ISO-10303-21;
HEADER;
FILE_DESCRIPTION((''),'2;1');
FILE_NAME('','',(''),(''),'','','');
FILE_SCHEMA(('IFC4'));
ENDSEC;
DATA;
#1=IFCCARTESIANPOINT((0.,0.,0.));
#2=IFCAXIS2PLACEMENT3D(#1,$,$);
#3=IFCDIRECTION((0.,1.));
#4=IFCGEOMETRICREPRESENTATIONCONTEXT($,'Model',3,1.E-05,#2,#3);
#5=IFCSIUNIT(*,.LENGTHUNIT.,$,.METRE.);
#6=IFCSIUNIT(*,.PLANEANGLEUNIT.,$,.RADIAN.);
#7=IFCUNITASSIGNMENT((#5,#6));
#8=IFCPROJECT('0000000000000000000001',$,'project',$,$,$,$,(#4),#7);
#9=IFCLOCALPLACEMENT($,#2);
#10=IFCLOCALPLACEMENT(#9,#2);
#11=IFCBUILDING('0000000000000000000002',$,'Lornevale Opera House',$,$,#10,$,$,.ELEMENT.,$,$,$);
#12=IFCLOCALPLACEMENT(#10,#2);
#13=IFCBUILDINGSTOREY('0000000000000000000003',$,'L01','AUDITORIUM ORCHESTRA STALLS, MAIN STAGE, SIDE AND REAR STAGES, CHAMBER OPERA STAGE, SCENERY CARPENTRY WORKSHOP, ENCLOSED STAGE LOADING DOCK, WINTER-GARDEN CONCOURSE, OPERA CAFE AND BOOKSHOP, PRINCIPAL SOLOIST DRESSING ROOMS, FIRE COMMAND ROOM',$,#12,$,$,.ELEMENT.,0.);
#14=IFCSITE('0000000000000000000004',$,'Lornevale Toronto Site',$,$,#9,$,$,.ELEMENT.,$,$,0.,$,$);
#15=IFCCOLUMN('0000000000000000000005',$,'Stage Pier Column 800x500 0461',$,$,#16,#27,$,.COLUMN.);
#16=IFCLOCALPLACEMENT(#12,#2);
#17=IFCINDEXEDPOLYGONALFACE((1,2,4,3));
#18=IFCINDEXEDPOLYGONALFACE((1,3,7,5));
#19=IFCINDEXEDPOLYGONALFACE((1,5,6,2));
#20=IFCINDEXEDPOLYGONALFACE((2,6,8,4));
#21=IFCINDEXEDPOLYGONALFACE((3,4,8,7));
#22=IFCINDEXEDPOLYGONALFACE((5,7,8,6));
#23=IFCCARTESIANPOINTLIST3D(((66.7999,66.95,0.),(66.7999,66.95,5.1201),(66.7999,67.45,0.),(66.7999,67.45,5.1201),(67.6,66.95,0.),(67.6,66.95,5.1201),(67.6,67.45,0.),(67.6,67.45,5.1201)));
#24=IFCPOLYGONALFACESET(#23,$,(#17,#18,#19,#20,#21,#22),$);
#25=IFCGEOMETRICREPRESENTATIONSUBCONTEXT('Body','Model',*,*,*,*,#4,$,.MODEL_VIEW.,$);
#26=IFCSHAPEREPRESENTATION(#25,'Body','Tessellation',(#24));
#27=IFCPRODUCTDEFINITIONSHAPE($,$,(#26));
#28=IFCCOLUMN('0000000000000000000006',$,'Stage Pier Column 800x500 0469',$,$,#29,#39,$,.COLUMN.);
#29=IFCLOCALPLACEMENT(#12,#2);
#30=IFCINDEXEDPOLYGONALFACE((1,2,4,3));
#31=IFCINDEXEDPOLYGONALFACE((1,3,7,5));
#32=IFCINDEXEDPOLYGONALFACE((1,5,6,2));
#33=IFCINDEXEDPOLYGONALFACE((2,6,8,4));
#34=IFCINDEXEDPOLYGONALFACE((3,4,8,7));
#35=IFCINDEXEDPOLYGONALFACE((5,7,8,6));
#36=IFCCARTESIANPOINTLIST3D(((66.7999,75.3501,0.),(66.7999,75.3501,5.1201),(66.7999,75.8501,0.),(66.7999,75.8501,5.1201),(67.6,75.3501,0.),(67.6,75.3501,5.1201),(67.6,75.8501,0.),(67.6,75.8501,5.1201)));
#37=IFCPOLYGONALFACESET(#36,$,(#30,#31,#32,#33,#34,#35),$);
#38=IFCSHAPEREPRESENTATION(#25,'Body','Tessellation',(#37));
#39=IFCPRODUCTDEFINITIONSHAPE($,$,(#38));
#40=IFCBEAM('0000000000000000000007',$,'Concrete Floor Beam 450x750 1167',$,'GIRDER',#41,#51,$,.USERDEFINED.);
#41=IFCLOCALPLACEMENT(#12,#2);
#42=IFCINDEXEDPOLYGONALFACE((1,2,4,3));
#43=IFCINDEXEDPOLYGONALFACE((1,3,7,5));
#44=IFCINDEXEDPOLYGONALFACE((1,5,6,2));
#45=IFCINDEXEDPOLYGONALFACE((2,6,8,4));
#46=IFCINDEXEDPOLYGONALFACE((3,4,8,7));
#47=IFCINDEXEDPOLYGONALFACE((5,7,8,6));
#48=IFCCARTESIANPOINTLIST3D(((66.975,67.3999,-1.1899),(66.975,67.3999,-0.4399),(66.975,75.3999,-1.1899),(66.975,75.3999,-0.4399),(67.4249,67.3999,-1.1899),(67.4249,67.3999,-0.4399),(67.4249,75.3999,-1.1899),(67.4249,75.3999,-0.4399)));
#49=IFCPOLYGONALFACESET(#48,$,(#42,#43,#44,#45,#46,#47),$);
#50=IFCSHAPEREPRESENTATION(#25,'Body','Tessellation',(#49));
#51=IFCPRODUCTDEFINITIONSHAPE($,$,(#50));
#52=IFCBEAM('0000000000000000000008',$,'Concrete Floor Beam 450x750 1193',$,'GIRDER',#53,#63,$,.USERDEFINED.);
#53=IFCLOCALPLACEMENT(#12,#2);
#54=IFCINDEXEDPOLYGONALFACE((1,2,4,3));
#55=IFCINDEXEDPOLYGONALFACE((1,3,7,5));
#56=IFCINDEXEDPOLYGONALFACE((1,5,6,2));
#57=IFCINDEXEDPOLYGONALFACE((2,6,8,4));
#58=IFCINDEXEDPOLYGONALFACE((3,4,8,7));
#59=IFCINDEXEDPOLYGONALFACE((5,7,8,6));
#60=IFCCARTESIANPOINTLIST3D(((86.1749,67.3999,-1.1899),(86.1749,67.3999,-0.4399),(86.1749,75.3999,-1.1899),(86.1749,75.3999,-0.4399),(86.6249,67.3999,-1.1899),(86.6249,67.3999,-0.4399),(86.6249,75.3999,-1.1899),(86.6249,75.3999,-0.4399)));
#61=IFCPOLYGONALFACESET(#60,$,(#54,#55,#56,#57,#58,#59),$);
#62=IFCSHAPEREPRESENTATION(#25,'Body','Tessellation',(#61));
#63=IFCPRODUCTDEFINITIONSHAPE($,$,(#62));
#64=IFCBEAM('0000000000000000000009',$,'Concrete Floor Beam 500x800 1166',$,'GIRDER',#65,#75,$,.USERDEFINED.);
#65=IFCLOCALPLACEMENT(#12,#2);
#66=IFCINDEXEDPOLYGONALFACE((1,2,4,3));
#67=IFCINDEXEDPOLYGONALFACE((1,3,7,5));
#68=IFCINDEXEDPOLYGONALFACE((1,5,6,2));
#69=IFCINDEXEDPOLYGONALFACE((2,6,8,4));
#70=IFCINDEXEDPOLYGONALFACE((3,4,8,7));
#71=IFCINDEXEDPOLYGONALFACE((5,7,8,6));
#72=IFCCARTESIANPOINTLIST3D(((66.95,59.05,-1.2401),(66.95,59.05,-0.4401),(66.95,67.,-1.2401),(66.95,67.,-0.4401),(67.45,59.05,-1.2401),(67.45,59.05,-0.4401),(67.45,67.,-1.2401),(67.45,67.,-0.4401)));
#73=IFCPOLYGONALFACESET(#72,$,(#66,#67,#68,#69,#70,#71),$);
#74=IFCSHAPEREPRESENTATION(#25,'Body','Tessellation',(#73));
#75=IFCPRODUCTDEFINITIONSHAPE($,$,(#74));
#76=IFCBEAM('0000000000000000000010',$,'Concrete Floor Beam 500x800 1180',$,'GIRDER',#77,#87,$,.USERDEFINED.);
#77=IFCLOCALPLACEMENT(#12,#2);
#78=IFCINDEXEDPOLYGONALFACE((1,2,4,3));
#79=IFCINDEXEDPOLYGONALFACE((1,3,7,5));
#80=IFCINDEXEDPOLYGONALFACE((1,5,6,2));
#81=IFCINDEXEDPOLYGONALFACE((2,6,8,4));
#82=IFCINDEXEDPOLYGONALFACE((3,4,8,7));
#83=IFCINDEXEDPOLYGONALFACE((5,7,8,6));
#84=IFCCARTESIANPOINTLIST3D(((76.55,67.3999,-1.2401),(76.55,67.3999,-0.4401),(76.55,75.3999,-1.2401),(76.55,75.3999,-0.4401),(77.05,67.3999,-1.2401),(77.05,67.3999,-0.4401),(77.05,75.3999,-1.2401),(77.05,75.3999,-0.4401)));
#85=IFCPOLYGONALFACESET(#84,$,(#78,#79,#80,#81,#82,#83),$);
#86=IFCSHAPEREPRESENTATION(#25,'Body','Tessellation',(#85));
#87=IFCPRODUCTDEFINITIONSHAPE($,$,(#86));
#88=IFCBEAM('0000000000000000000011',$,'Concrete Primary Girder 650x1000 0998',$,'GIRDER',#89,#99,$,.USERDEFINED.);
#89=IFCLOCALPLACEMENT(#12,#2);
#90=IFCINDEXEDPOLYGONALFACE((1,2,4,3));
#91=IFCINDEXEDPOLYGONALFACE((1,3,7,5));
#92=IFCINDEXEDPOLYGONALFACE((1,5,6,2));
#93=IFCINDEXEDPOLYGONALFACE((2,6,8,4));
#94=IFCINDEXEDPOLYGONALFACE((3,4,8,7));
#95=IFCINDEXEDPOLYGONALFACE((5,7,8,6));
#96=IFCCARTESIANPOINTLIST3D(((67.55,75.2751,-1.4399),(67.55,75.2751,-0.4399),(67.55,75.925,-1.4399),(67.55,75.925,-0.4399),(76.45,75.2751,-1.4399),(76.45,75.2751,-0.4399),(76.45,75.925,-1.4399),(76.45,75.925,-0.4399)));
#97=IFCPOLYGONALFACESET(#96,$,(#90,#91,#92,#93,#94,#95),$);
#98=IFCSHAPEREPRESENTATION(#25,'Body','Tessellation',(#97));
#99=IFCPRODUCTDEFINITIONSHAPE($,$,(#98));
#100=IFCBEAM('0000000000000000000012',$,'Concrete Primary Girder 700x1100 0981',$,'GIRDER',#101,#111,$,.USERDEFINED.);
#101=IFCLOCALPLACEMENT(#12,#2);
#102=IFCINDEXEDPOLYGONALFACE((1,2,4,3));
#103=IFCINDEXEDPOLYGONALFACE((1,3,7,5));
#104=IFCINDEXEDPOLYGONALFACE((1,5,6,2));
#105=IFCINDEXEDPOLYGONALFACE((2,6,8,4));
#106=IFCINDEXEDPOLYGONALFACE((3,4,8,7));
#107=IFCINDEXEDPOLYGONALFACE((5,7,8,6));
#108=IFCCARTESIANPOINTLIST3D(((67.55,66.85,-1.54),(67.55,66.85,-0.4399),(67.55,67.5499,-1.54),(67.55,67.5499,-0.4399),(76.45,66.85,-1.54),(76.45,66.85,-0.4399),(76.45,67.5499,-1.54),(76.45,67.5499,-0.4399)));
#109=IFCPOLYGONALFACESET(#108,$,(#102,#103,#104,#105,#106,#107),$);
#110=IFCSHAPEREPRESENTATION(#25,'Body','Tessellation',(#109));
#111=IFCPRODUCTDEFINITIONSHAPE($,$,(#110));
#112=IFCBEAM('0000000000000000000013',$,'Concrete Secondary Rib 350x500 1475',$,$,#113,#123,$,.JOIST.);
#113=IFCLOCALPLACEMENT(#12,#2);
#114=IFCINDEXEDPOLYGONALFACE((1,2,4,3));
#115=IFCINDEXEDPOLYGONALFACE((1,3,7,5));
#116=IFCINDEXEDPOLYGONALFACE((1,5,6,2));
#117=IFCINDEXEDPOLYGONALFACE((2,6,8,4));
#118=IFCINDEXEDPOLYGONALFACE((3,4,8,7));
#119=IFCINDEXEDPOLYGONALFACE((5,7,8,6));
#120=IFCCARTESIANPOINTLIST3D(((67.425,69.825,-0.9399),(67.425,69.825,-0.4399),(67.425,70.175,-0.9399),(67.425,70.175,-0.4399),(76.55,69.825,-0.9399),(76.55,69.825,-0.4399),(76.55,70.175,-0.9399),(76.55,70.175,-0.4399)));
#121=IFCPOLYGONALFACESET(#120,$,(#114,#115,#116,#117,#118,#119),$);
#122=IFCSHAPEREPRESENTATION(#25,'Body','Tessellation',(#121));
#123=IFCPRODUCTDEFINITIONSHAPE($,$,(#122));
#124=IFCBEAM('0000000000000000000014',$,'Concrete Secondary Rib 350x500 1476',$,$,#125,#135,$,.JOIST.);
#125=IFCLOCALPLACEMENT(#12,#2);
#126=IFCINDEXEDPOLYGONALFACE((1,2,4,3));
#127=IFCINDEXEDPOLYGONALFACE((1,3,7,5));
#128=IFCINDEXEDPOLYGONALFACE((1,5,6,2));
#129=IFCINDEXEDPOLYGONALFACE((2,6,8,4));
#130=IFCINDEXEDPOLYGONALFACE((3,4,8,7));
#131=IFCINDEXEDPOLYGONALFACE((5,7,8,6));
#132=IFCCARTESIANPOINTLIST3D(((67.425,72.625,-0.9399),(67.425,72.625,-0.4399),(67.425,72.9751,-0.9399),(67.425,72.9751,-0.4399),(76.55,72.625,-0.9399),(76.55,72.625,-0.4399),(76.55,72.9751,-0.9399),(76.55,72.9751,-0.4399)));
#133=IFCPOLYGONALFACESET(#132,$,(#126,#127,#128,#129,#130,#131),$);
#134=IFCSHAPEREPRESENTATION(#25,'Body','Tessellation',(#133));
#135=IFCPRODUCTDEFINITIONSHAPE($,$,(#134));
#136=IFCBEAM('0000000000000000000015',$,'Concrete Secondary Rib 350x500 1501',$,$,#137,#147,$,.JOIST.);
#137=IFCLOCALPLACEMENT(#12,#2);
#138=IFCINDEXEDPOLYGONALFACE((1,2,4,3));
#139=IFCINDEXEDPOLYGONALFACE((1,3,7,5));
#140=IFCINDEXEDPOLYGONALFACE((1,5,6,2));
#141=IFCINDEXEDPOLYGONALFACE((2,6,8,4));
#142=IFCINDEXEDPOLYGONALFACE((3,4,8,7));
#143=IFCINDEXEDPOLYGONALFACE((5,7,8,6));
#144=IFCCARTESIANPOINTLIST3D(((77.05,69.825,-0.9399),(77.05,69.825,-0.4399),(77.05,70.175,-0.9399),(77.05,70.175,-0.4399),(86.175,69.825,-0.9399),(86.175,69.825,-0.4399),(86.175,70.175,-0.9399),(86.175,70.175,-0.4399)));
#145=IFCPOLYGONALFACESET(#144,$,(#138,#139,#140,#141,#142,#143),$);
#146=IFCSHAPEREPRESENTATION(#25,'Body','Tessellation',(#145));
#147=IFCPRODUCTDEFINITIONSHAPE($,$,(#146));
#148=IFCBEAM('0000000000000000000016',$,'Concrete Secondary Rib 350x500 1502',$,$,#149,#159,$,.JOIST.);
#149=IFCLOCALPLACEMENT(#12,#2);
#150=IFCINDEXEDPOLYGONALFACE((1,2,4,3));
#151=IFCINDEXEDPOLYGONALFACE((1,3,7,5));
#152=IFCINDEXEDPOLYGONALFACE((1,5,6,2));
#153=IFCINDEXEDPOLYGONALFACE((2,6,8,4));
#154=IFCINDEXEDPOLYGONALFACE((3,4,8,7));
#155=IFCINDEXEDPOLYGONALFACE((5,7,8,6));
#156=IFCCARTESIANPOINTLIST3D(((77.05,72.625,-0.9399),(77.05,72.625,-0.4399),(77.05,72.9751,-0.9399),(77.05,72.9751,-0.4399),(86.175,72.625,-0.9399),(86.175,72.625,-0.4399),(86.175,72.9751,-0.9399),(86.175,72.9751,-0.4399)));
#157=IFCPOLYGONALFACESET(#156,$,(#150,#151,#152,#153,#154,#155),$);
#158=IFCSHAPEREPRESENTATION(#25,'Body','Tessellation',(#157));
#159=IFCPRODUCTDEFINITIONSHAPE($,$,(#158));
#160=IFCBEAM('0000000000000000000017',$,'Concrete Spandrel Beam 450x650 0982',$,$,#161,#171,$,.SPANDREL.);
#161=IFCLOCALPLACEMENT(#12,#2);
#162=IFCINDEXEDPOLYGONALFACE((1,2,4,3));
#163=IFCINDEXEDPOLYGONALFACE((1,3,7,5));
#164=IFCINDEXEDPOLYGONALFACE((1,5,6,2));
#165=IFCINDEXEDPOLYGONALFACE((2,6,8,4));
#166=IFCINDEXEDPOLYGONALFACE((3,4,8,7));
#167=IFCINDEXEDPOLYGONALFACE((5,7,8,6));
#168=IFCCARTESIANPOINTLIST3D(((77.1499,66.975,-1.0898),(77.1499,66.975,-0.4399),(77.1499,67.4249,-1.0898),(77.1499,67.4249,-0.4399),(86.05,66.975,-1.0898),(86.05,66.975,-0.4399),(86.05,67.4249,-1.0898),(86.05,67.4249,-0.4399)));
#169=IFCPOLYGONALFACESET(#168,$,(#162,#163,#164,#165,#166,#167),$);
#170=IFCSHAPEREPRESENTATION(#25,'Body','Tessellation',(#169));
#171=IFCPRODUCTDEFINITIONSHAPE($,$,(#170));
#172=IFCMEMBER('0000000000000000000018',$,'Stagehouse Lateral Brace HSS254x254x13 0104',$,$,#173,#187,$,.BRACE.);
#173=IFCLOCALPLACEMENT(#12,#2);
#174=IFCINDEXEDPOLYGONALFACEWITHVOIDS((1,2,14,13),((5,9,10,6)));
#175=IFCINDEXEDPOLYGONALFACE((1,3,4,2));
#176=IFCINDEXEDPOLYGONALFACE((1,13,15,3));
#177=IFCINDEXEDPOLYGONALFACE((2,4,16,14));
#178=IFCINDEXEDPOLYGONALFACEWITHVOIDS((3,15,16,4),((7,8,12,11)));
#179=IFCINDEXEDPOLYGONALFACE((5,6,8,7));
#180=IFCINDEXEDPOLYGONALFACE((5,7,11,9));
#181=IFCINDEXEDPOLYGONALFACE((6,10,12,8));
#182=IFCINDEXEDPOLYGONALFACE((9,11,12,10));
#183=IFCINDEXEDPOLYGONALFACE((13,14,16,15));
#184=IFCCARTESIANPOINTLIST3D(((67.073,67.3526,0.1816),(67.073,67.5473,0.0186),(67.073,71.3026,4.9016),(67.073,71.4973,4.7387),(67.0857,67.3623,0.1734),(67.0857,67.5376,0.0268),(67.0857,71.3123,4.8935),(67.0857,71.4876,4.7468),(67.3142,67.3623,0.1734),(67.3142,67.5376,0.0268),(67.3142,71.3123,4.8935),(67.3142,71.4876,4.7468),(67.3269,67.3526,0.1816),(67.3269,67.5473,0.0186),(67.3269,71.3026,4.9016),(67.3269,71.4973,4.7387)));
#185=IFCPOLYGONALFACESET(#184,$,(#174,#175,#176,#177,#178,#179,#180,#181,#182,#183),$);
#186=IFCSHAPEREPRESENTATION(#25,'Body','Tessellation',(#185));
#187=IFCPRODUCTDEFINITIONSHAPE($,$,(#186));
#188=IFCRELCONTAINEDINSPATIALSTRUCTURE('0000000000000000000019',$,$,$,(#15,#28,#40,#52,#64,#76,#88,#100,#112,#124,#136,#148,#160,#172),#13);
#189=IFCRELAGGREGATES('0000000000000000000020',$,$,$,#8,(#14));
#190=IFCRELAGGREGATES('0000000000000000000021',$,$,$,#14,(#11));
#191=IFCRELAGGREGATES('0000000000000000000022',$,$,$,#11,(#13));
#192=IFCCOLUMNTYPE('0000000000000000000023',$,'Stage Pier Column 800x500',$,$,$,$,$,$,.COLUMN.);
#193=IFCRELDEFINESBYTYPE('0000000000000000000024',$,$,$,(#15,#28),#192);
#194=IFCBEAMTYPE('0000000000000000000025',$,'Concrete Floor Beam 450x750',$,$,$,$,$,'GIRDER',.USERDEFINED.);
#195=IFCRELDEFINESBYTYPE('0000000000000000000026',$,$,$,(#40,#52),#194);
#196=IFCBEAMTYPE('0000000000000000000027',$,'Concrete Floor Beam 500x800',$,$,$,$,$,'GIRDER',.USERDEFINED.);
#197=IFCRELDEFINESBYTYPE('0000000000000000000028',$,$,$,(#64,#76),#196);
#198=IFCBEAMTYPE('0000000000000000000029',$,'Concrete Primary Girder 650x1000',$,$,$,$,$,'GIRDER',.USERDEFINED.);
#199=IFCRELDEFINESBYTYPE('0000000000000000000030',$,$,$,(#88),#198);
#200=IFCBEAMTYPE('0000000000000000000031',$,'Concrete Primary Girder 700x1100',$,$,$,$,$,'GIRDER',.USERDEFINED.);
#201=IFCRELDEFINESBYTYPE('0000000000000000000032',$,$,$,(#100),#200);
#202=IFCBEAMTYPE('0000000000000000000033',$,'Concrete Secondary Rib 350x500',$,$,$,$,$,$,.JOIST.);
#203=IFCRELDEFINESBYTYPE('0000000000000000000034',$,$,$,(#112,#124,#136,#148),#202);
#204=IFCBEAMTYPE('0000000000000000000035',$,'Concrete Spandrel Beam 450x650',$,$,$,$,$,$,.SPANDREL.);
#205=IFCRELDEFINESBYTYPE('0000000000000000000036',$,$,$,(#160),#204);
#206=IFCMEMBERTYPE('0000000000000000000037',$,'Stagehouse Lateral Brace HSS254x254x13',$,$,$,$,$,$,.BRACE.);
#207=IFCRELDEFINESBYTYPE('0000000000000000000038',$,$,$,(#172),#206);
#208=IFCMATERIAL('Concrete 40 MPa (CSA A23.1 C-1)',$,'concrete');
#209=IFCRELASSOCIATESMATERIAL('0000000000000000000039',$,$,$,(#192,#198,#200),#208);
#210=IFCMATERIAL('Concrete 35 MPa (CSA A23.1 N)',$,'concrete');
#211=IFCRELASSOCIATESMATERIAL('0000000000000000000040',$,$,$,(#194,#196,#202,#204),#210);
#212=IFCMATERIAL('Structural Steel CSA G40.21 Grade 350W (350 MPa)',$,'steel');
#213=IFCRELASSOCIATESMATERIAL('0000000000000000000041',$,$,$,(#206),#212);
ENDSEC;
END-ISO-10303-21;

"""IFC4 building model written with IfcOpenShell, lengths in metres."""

from ifc_helpers import new_model, si_unit, direction, frame, origin, origin_2d, place, context, subcontext, project, spatial, rectangle, hollow_rectangle, extrude, material, material_profile, profile_set, type_object, element, save


model = new_model("IFC4")

# Units and contexts
model_context = context("Model", 3, precision=1e-05, world=origin(), true_north=direction((0.0, 1.0)))
body_context = subcontext(model_context, "Body", "Model", "MODEL_VIEW")
ifc_project = project(units=[si_unit("LENGTHUNIT", "METRE"), si_unit("PLANEANGLEUNIT", "RADIAN")], contexts=[model_context])

# Site, building, storey
site_placement = place(None, origin())
site = spatial("IfcSite", under=ifc_project, at=site_placement, Name="Lornevale Toronto Site", CompositionType="ELEMENT", RefElevation=0.0)
building_placement = place(site_placement, origin())
building = spatial("IfcBuilding", under=site, at=building_placement, Name="Lornevale Opera House", CompositionType="ELEMENT")
storey_placement = place(building_placement, origin())
storey = spatial("IfcBuildingStorey", under=building, at=storey_placement, Name="L01", Description="AUDITORIUM ORCHESTRA STALLS, MAIN STAGE, SIDE AND REAR STAGES, CHAMBER OPERA STAGE, SCENERY CARPENTRY WORKSHOP, ENCLOSED STAGE LOADING DOCK, WINTER-GARDEN CONCOURSE, OPERA CAFE AND BOOKSHOP, PRINCIPAL SOLOIST DRESSING ROOMS, FIRE COMMAND ROOM", CompositionType="ELEMENT", Elevation=0.0)

# Columns
ifc_material_1 = material(Name="Concrete 40 MPa (CSA A23.1 C-1)", Category="concrete")
ifc_material_profile_1 = material_profile(ifc_material_1, rectangle(XDim=0.8, YDim=0.5, at=origin_2d()), Name="RC800x500")
ifc_profile_set_1 = profile_set([ifc_material_profile_1], Name="Concrete 40 MPa (CSA A23.1 C-1)")
column_type = type_object("IfcColumnType", Name="Stage Pier Column 800x500", PredefinedType="COLUMN", material=ifc_profile_set_1)
for number, where, z_axis, x_axis, name in (
    (1, (67.2, 67.2, 0.0), (0.0, 0.0, 1.0), (1.0, 0.0, 0.0), "Stage Pier Column 800x500 0461"),
    (2, (67.2, 75.6001, 0.0), (0.0, 0.0, 1.0), (1.0, 0.0, 0.0), "Stage Pier Column 800x500 0469"),
):
    element("IfcColumn", number, at=place(storey_placement, frame(where, z_axis=z_axis, x_axis=x_axis)), inside=storey, type_object=column_type, Name=name, PredefinedType="COLUMN", context=body_context, shape_type="SweptSolid", body=[
        extrude(rectangle(XDim=0.8, YDim=0.5, at=origin_2d()), origin(), (0.0, 0.0, 1.0), 5.1201),
    ])

# Beams
ifc_material_2 = material(Name="Concrete 35 MPa (CSA A23.1 N)", Category="concrete")
ifc_material_profile_2 = material_profile(ifc_material_2, rectangle(XDim=0.45, YDim=0.75, at=origin_2d()), Name="RC450x750")
ifc_profile_set_2 = profile_set([ifc_material_profile_2], Name="Concrete 35 MPa (CSA A23.1 N)")
beam_type_1 = type_object("IfcBeamType", Name="Concrete Floor Beam 450x750", ElementType="GIRDER", PredefinedType="USERDEFINED", material=ifc_profile_set_2)
for number, where, z_axis, x_axis, name in (
    (3, (67.2, 67.3999, -0.8149), (0.0, 1.0, 0.0), (-1.0, 0.0, 0.0), "Concrete Floor Beam 450x750 1167"),
    (4, (86.3999, 67.3999, -0.8149), (0.0, 1.0, 0.0), (-1.0, 0.0, 0.0), "Concrete Floor Beam 450x750 1193"),
):
    element("IfcBeam", number, at=place(storey_placement, frame(where, z_axis=z_axis, x_axis=x_axis)), inside=storey, type_object=beam_type_1, Name=name, ObjectType="GIRDER", PredefinedType="USERDEFINED", context=body_context, shape_type="SweptSolid", body=[
        extrude(rectangle(XDim=0.45, YDim=0.75, at=origin_2d()), origin(), (0.0, 0.0, 1.0), 8.0),
    ])
ifc_material_profile_3 = material_profile(ifc_material_2, rectangle(XDim=0.5, YDim=0.8, at=origin_2d()), Name="RC500x800")
ifc_profile_set_3 = profile_set([ifc_material_profile_3], Name="Concrete 35 MPa (CSA A23.1 N)")
beam_type_2 = type_object("IfcBeamType", Name="Concrete Floor Beam 500x800", ElementType="GIRDER", PredefinedType="USERDEFINED", material=ifc_profile_set_3)
beam_1_placement = place(storey_placement, frame((67.2, 59.05, -0.8401), z_axis=(0.0, 1.0, 0.0), x_axis=(-1.0, 0.0, 0.0)))
element("IfcBeam", 5, at=beam_1_placement, inside=storey, type_object=beam_type_2, Name="Concrete Floor Beam 500x800 1166", ObjectType="GIRDER", PredefinedType="USERDEFINED", context=body_context, shape_type="SweptSolid", body=[
    extrude(rectangle(XDim=0.5, YDim=0.8, at=origin_2d()), origin(), (0.0, 0.0, 1.0), 7.95),
])
beam_2_placement = place(storey_placement, frame((76.8, 67.3999, -0.8401), z_axis=(0.0, 1.0, 0.0), x_axis=(-1.0, 0.0, 0.0)))
element("IfcBeam", 6, at=beam_2_placement, inside=storey, type_object=beam_type_2, Name="Concrete Floor Beam 500x800 1180", ObjectType="GIRDER", PredefinedType="USERDEFINED", context=body_context, shape_type="SweptSolid", body=[
    extrude(rectangle(XDim=0.5, YDim=0.8, at=origin_2d()), origin(), (0.0, 0.0, 1.0), 8.0),
])
ifc_material_profile_4 = material_profile(ifc_material_1, rectangle(XDim=0.6499, YDim=1.0, at=origin_2d()), Name="RC650x1000")
ifc_profile_set_4 = profile_set([ifc_material_profile_4], Name="Concrete 40 MPa (CSA A23.1 C-1)")
beam_type_3 = type_object("IfcBeamType", Name="Concrete Primary Girder 650x1000", ElementType="GIRDER", PredefinedType="USERDEFINED", material=ifc_profile_set_4)
beam_3_placement = place(storey_placement, frame((67.55, 75.6001, -0.9399), z_axis=(1.0, 0.0, 0.0), x_axis=(0.0, 1.0, 0.0)))
element("IfcBeam", 7, at=beam_3_placement, inside=storey, type_object=beam_type_3, Name="Concrete Primary Girder 650x1000 0998", ObjectType="GIRDER", PredefinedType="USERDEFINED", context=body_context, shape_type="SweptSolid", body=[
    extrude(rectangle(XDim=0.6499, YDim=1.0, at=origin_2d()), origin(), (0.0, 0.0, 1.0), 8.8999),
])
ifc_material_profile_5 = material_profile(ifc_material_1, rectangle(XDim=0.7, YDim=1.1001, at=origin_2d()), Name="RC700x1100")
ifc_profile_set_5 = profile_set([ifc_material_profile_5], Name="Concrete 40 MPa (CSA A23.1 C-1)")
beam_type_4 = type_object("IfcBeamType", Name="Concrete Primary Girder 700x1100", ElementType="GIRDER", PredefinedType="USERDEFINED", material=ifc_profile_set_5)
beam_4_placement = place(storey_placement, frame((67.55, 67.2, -0.99), z_axis=(1.0, 0.0, 0.0), x_axis=(0.0, 1.0, 0.0)))
element("IfcBeam", 8, at=beam_4_placement, inside=storey, type_object=beam_type_4, Name="Concrete Primary Girder 700x1100 0981", ObjectType="GIRDER", PredefinedType="USERDEFINED", context=body_context, shape_type="SweptSolid", body=[
    extrude(rectangle(XDim=0.7, YDim=1.1001, at=origin_2d()), origin(), (0.0, 0.0, 1.0), 8.8999),
])
ifc_material_profile_6 = material_profile(ifc_material_2, rectangle(XDim=0.3501, YDim=0.5, at=origin_2d()), Name="RC350x500")
ifc_profile_set_6 = profile_set([ifc_material_profile_6], Name="Concrete 35 MPa (CSA A23.1 N)")
beam_type_5 = type_object("IfcBeamType", Name="Concrete Secondary Rib 350x500", PredefinedType="JOIST", material=ifc_profile_set_6)
for number, where, z_axis, x_axis, name in (
    (9, (67.425, 70.0, -0.6899), (1.0, 0.0, 0.0), (0.0, 1.0, 0.0), "Concrete Secondary Rib 350x500 1475"),
    (10, (67.425, 72.8, -0.6899), (1.0, 0.0, 0.0), (0.0, 1.0, 0.0), "Concrete Secondary Rib 350x500 1476"),
    (11, (77.05, 70.0, -0.6899), (1.0, 0.0, 0.0), (0.0, 1.0, 0.0), "Concrete Secondary Rib 350x500 1501"),
    (12, (77.05, 72.8, -0.6899), (1.0, 0.0, 0.0), (0.0, 1.0, 0.0), "Concrete Secondary Rib 350x500 1502"),
):
    element("IfcBeam", number, at=place(storey_placement, frame(where, z_axis=z_axis, x_axis=x_axis)), inside=storey, type_object=beam_type_5, Name=name, PredefinedType="JOIST", context=body_context, shape_type="SweptSolid", body=[
        extrude(rectangle(XDim=0.3501, YDim=0.5, at=origin_2d()), origin(), (0.0, 0.0, 1.0), 9.125),
    ])
ifc_material_profile_7 = material_profile(ifc_material_2, rectangle(XDim=0.45, YDim=0.6499, at=origin_2d()), Name="RC450x650")
ifc_profile_set_7 = profile_set([ifc_material_profile_7], Name="Concrete 35 MPa (CSA A23.1 N)")
beam_type_6 = type_object("IfcBeamType", Name="Concrete Spandrel Beam 450x650", PredefinedType="SPANDREL", material=ifc_profile_set_7)
beam_5_placement = place(storey_placement, frame((77.1499, 67.2, -0.7649), z_axis=(1.0, 0.0, 0.0), x_axis=(0.0, 1.0, 0.0)))
element("IfcBeam", 13, at=beam_5_placement, inside=storey, type_object=beam_type_6, Name="Concrete Spandrel Beam 450x650 0982", PredefinedType="SPANDREL", context=body_context, shape_type="SweptSolid", body=[
    extrude(rectangle(XDim=0.45, YDim=0.6499, at=origin_2d()), origin(), (0.0, 0.0, 1.0), 8.9001),
])

# Member
ifc_material_3 = material(Name="Structural Steel CSA G40.21 Grade 350W (350 MPa)", Category="steel")
ifc_material_profile_8 = material_profile(ifc_material_3, hollow_rectangle(XDim=0.2539, YDim=0.2539, WallThickness=0.0127, at=origin_2d()), Name="HSS254x254x13")
ifc_profile_set_8 = profile_set([ifc_material_profile_8], Name="Structural Steel CSA G40.21 Grade 350W (350 MPa)")
member_type = type_object("IfcMemberType", Name="Stagehouse Lateral Brace HSS254x254x13", PredefinedType="BRACE", material=ifc_profile_set_8)
for number, where, z_axis, x_axis, name in (
    (14, (67.2, 67.45, 0.1001), (0.0, 0.641779, 0.76689), (-1.0, 0.0, 0.0), "Stagehouse Lateral Brace HSS254x254x13 0104"),
):
    element("IfcMember", number, at=place(storey_placement, frame(where, z_axis=z_axis, x_axis=x_axis)), inside=storey, type_object=member_type, Name=name, PredefinedType="BRACE", context=body_context, shape_type="SweptSolid", body=[
        extrude(hollow_rectangle(XDim=0.2539, YDim=0.2539, WallThickness=0.0127, at=origin_2d()), origin(), (0.0, 0.0, 1.0), 6.1548),
    ])

save(model, "model.ifc")
